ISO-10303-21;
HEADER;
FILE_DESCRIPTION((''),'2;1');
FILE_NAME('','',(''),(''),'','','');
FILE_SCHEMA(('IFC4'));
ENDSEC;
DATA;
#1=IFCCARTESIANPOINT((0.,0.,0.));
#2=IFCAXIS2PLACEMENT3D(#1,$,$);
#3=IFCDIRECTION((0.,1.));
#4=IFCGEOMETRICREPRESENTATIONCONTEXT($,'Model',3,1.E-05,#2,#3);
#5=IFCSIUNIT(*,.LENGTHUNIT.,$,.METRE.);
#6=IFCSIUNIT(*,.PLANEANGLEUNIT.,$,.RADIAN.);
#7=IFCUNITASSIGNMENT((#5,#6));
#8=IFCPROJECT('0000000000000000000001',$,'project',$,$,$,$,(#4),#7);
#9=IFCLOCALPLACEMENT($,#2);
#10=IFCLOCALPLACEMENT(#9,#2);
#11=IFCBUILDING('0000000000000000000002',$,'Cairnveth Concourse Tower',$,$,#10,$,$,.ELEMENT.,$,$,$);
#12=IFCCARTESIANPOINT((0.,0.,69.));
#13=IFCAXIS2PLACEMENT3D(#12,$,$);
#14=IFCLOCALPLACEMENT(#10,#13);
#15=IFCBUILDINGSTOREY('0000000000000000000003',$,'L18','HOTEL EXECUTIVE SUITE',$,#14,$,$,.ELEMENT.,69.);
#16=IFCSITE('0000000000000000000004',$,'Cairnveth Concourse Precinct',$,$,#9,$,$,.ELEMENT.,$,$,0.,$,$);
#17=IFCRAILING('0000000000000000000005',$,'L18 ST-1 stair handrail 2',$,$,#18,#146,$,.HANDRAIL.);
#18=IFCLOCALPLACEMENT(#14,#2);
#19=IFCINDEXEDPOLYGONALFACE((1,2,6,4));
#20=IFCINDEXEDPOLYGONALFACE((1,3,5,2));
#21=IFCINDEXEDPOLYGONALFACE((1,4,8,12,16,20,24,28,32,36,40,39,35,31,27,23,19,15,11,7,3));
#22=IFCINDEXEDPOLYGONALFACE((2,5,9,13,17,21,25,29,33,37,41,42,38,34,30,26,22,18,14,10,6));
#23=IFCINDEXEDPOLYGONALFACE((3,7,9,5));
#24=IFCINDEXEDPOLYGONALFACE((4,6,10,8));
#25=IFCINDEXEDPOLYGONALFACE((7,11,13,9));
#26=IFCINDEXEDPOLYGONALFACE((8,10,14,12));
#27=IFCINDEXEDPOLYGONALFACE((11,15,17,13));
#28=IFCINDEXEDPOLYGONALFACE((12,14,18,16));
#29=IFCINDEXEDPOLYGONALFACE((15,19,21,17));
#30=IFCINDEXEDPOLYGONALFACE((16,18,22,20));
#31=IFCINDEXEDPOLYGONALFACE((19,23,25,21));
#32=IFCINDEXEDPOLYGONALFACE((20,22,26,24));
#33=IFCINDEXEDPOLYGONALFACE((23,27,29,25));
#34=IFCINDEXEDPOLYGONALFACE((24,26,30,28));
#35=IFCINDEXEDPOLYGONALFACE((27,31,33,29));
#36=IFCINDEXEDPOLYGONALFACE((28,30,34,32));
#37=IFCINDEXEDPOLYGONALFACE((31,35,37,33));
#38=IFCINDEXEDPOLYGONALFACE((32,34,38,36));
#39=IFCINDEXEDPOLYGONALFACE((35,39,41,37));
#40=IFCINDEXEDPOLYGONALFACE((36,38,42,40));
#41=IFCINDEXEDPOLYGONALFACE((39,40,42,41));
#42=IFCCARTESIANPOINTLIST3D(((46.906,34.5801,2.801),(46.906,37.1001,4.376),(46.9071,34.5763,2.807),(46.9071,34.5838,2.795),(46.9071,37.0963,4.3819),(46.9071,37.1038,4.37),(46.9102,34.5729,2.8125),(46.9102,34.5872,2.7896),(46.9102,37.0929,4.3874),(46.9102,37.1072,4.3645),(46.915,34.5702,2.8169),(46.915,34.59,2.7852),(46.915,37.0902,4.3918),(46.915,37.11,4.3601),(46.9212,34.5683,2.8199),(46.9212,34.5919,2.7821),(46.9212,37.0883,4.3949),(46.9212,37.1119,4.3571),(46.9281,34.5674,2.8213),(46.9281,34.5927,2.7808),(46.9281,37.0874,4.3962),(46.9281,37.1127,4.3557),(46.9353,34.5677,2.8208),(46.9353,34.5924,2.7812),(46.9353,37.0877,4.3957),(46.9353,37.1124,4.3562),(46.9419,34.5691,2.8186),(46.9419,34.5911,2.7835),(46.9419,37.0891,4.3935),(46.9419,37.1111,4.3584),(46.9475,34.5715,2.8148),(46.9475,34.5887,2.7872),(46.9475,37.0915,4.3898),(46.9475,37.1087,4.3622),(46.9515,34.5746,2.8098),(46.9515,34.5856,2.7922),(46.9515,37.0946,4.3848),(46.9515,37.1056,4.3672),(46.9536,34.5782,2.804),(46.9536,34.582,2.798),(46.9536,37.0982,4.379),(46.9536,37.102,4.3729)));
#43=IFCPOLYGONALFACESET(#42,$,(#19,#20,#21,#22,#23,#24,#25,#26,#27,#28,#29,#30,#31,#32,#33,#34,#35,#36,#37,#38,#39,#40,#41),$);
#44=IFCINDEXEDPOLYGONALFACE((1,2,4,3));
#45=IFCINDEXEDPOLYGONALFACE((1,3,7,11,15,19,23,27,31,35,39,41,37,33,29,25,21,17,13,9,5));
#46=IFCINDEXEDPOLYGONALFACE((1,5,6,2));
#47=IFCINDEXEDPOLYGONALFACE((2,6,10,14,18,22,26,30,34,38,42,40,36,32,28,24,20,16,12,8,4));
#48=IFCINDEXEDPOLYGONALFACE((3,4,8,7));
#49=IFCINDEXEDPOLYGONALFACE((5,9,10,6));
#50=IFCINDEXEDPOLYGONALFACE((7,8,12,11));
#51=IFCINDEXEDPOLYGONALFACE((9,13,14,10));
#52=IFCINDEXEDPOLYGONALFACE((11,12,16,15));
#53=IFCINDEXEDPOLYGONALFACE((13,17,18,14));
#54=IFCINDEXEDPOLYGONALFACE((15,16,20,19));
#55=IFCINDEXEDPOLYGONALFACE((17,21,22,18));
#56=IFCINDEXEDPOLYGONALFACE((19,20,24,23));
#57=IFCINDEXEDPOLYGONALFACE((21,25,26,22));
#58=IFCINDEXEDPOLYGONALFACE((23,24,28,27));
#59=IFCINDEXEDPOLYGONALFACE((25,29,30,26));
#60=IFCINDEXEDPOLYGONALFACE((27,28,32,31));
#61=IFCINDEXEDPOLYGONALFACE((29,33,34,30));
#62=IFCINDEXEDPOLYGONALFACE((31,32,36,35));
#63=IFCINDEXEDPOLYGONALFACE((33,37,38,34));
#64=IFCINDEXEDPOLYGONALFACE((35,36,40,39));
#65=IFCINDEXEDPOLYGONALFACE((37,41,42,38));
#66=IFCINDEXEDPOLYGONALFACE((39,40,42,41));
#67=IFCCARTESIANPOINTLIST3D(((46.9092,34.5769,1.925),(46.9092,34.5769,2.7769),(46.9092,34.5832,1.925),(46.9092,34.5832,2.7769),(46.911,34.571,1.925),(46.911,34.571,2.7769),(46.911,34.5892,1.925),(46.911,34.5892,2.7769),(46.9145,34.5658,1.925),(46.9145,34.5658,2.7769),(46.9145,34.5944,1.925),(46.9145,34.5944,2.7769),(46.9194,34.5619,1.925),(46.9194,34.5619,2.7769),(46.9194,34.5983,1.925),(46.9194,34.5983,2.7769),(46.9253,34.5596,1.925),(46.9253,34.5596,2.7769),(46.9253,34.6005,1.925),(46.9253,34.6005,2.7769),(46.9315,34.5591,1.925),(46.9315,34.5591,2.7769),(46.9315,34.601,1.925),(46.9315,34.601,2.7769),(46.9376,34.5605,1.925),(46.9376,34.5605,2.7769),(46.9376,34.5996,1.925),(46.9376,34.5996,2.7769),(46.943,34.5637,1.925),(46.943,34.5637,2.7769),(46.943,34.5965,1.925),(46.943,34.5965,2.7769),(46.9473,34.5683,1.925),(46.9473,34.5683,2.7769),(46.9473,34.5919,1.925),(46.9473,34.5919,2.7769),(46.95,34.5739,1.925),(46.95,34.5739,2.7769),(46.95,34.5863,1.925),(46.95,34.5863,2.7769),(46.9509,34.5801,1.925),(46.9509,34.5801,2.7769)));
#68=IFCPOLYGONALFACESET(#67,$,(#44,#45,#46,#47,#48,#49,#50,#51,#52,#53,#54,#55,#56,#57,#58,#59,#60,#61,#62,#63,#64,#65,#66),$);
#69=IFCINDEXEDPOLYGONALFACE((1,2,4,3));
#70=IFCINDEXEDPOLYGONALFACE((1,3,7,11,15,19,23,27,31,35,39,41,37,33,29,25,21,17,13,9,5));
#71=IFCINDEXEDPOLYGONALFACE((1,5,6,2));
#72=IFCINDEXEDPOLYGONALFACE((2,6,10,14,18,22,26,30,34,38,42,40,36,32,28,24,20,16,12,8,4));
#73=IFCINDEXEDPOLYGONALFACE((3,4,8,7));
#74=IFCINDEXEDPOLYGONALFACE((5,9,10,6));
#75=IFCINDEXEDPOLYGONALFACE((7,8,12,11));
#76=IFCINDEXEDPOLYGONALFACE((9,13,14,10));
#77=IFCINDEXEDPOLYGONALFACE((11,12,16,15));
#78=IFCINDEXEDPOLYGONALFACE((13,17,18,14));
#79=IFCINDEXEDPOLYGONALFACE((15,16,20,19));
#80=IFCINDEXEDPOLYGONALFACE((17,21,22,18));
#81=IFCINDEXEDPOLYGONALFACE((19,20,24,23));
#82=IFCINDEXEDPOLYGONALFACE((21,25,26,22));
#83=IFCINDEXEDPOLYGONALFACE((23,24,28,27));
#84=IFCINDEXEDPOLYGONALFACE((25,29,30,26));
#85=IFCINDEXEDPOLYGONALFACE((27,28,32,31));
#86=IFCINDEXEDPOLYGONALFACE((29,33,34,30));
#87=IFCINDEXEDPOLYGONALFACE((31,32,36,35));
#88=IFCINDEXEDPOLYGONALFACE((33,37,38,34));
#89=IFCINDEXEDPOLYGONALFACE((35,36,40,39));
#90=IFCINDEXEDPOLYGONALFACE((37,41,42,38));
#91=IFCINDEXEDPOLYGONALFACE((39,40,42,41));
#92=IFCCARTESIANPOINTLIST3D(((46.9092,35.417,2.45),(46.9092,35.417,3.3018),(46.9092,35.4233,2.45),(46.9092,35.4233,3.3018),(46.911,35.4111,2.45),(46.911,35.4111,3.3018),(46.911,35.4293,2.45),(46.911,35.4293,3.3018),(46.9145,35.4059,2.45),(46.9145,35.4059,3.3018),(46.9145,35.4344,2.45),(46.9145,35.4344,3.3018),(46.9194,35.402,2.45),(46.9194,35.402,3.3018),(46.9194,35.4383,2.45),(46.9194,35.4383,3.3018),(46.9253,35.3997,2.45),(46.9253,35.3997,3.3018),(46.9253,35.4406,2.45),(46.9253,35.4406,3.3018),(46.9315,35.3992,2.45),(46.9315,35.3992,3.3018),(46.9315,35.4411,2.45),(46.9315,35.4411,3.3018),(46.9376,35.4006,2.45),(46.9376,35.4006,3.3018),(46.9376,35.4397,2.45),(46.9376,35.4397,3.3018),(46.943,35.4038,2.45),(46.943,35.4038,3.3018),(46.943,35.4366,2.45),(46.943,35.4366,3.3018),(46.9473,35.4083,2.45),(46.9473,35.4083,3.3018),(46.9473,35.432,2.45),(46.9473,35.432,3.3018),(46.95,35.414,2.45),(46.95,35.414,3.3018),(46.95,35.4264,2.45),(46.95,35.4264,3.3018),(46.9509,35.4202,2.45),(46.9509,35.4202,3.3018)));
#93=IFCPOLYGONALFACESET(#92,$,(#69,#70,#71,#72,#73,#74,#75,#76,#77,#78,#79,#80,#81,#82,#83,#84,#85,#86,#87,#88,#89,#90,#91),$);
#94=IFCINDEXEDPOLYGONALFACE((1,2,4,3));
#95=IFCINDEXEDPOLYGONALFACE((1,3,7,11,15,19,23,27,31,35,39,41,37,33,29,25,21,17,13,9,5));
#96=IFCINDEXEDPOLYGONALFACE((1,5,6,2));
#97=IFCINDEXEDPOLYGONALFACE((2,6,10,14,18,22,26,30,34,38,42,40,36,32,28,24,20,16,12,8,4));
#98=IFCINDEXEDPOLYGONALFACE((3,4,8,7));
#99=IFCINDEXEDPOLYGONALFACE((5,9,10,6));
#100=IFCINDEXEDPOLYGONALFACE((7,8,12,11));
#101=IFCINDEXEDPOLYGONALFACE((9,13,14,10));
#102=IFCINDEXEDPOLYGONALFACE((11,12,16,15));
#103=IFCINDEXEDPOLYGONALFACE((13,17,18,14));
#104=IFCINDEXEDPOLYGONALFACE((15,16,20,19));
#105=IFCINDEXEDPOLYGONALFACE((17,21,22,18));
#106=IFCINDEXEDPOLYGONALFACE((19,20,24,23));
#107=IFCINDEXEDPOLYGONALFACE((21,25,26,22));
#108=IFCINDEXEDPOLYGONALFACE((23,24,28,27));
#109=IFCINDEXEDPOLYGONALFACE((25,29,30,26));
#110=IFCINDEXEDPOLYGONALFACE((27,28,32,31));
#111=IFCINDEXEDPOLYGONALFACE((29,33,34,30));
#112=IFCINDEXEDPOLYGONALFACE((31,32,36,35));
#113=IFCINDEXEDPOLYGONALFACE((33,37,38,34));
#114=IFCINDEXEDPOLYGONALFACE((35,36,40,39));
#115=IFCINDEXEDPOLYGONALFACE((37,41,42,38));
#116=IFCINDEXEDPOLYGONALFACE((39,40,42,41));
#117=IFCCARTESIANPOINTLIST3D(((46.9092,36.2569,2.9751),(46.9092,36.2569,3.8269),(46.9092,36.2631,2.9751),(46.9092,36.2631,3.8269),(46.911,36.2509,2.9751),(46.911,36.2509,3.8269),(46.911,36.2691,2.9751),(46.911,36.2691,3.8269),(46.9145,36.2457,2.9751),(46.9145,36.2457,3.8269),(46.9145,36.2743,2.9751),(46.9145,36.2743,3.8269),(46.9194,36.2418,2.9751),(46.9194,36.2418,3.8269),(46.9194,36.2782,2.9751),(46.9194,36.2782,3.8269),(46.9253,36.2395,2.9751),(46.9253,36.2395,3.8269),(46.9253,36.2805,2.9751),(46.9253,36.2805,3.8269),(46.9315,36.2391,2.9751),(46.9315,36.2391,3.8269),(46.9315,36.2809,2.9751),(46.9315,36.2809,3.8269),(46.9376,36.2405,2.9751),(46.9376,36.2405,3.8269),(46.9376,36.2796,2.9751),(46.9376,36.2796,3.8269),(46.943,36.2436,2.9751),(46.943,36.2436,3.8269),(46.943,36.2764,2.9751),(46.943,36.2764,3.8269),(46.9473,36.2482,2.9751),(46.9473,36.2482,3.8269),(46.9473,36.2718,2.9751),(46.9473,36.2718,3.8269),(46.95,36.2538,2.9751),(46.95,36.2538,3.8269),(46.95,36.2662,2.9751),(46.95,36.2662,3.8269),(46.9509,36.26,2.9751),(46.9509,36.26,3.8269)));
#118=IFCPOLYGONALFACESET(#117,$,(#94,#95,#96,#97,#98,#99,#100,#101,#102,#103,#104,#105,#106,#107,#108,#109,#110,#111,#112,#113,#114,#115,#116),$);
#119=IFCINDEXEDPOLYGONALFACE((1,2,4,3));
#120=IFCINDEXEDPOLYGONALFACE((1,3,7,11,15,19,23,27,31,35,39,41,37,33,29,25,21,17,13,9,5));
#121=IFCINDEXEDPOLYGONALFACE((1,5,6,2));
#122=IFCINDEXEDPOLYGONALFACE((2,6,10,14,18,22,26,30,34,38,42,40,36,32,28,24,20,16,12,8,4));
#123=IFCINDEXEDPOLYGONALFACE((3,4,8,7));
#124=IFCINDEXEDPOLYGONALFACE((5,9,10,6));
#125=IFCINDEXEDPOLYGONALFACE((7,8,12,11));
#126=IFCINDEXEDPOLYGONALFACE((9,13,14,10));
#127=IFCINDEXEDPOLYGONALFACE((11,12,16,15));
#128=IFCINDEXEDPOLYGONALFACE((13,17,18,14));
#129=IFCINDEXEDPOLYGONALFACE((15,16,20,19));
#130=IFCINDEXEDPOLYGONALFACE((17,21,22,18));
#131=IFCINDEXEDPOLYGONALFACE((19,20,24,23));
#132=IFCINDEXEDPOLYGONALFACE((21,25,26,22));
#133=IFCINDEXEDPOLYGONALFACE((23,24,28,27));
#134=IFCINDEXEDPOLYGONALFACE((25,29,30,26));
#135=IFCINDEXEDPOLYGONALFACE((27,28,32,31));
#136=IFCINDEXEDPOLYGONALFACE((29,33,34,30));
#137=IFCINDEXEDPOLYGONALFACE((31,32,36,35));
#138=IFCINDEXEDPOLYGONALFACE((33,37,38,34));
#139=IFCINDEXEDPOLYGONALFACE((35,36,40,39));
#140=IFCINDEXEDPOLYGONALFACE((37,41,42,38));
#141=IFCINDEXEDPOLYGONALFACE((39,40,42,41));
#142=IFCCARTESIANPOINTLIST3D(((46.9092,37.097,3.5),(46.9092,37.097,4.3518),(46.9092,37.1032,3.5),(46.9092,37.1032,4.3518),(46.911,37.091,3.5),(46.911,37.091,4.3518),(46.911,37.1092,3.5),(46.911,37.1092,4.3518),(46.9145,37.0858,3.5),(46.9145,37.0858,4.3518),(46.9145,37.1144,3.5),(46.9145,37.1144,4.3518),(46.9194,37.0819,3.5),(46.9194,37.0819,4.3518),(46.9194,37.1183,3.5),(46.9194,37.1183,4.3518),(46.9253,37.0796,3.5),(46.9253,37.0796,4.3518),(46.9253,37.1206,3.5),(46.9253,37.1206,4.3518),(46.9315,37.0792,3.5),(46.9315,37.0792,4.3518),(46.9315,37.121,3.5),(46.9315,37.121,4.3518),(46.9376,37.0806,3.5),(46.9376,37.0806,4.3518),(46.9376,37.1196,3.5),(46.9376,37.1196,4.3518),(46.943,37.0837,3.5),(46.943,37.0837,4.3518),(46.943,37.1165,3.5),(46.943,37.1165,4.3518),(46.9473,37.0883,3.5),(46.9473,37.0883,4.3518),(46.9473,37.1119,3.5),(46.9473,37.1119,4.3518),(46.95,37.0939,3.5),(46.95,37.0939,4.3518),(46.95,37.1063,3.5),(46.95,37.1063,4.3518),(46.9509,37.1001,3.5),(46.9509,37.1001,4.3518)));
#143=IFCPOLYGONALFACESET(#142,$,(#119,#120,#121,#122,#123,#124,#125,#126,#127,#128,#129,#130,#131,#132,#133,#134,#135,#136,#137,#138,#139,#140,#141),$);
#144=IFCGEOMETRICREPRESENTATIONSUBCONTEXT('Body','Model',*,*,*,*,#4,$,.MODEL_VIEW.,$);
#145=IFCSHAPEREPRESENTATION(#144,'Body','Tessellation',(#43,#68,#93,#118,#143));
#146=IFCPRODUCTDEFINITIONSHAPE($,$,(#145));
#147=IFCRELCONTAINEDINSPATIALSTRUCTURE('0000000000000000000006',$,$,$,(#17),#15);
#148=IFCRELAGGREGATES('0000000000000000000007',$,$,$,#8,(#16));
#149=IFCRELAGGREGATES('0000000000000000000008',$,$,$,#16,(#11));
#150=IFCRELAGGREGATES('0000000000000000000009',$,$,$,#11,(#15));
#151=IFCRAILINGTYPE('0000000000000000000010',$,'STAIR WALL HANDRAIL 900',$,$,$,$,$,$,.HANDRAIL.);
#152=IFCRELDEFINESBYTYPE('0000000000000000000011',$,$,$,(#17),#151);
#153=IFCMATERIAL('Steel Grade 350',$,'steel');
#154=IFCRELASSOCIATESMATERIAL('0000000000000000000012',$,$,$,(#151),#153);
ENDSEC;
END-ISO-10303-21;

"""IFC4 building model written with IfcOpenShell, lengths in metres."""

from ifc_helpers import new_model, si_unit, direction, frame, origin, origin_2d, place, context, subcontext, project, spatial, circle, extrude, material, type_object, element, save


model = new_model("IFC4")

# Units and contexts
model_context = context("Model", 3, precision=1e-05, world=origin(), true_north=direction((0.0, 1.0)))
body_context = subcontext(model_context, "Body", "Model", "MODEL_VIEW")
ifc_project = project(units=[si_unit("LENGTHUNIT", "METRE"), si_unit("PLANEANGLEUNIT", "RADIAN")], contexts=[model_context])

# Site, building, storey
site_placement = place(None, origin())
site = spatial("IfcSite", under=ifc_project, at=site_placement, Name="Cairnveth Concourse Precinct", CompositionType="ELEMENT", RefElevation=0.0)
building_placement = place(site_placement, origin())
building = spatial("IfcBuilding", under=site, at=building_placement, Name="Cairnveth Concourse Tower", CompositionType="ELEMENT")
storey_placement = place(building_placement, frame((0.0, 0.0, 69.0)))
storey = spatial("IfcBuildingStorey", under=building, at=storey_placement, Name="L18", Description="HOTEL EXECUTIVE SUITE", CompositionType="ELEMENT", Elevation=69.0)

# Railing
ifc_material_1 = material(Name="Steel Grade 350", Category="steel")
railing_type_1 = type_object("IfcRailingType", Name="STAIR WALL HANDRAIL 900", PredefinedType="HANDRAIL", material=ifc_material_1)
railing_1_placement = place(storey_placement, frame((46.9299, 34.5801, 1.925)))
element("IfcRailing", 1, at=railing_1_placement, inside=storey, type_object=railing_type_1, Name="L18 ST-1 stair handrail 2", PredefinedType="HANDRAIL", context=body_context, shape_type="SweptSolid", body=[
    extrude(circle(Radius=0.0239, at=origin_2d()), frame((0.0, 0.0, 0.876), z_axis=(0.0, 0.848008, 0.529984), x_axis=(-1.0, 0.0, 0.0)), (0.0, 0.0, 1.0), 2.9717),
    extrude(circle(Radius=0.021, at=origin_2d()), origin(), (0.0, 0.0, 1.0), 0.8518),
    extrude(circle(Radius=0.021, at=origin_2d()), frame((0.0, 0.8401, 0.5249)), (0.0, 0.0, 1.0), 0.8518),
    extrude(circle(Radius=0.021, at=origin_2d()), frame((0.0, 1.6799, 1.05)), (0.0, 0.0, 1.0), 0.8518),
    extrude(circle(Radius=0.021, at=origin_2d()), frame((0.0, 2.52, 1.575)), (0.0, 0.0, 1.0), 0.8518),
])

save(model, "model.ifc")
